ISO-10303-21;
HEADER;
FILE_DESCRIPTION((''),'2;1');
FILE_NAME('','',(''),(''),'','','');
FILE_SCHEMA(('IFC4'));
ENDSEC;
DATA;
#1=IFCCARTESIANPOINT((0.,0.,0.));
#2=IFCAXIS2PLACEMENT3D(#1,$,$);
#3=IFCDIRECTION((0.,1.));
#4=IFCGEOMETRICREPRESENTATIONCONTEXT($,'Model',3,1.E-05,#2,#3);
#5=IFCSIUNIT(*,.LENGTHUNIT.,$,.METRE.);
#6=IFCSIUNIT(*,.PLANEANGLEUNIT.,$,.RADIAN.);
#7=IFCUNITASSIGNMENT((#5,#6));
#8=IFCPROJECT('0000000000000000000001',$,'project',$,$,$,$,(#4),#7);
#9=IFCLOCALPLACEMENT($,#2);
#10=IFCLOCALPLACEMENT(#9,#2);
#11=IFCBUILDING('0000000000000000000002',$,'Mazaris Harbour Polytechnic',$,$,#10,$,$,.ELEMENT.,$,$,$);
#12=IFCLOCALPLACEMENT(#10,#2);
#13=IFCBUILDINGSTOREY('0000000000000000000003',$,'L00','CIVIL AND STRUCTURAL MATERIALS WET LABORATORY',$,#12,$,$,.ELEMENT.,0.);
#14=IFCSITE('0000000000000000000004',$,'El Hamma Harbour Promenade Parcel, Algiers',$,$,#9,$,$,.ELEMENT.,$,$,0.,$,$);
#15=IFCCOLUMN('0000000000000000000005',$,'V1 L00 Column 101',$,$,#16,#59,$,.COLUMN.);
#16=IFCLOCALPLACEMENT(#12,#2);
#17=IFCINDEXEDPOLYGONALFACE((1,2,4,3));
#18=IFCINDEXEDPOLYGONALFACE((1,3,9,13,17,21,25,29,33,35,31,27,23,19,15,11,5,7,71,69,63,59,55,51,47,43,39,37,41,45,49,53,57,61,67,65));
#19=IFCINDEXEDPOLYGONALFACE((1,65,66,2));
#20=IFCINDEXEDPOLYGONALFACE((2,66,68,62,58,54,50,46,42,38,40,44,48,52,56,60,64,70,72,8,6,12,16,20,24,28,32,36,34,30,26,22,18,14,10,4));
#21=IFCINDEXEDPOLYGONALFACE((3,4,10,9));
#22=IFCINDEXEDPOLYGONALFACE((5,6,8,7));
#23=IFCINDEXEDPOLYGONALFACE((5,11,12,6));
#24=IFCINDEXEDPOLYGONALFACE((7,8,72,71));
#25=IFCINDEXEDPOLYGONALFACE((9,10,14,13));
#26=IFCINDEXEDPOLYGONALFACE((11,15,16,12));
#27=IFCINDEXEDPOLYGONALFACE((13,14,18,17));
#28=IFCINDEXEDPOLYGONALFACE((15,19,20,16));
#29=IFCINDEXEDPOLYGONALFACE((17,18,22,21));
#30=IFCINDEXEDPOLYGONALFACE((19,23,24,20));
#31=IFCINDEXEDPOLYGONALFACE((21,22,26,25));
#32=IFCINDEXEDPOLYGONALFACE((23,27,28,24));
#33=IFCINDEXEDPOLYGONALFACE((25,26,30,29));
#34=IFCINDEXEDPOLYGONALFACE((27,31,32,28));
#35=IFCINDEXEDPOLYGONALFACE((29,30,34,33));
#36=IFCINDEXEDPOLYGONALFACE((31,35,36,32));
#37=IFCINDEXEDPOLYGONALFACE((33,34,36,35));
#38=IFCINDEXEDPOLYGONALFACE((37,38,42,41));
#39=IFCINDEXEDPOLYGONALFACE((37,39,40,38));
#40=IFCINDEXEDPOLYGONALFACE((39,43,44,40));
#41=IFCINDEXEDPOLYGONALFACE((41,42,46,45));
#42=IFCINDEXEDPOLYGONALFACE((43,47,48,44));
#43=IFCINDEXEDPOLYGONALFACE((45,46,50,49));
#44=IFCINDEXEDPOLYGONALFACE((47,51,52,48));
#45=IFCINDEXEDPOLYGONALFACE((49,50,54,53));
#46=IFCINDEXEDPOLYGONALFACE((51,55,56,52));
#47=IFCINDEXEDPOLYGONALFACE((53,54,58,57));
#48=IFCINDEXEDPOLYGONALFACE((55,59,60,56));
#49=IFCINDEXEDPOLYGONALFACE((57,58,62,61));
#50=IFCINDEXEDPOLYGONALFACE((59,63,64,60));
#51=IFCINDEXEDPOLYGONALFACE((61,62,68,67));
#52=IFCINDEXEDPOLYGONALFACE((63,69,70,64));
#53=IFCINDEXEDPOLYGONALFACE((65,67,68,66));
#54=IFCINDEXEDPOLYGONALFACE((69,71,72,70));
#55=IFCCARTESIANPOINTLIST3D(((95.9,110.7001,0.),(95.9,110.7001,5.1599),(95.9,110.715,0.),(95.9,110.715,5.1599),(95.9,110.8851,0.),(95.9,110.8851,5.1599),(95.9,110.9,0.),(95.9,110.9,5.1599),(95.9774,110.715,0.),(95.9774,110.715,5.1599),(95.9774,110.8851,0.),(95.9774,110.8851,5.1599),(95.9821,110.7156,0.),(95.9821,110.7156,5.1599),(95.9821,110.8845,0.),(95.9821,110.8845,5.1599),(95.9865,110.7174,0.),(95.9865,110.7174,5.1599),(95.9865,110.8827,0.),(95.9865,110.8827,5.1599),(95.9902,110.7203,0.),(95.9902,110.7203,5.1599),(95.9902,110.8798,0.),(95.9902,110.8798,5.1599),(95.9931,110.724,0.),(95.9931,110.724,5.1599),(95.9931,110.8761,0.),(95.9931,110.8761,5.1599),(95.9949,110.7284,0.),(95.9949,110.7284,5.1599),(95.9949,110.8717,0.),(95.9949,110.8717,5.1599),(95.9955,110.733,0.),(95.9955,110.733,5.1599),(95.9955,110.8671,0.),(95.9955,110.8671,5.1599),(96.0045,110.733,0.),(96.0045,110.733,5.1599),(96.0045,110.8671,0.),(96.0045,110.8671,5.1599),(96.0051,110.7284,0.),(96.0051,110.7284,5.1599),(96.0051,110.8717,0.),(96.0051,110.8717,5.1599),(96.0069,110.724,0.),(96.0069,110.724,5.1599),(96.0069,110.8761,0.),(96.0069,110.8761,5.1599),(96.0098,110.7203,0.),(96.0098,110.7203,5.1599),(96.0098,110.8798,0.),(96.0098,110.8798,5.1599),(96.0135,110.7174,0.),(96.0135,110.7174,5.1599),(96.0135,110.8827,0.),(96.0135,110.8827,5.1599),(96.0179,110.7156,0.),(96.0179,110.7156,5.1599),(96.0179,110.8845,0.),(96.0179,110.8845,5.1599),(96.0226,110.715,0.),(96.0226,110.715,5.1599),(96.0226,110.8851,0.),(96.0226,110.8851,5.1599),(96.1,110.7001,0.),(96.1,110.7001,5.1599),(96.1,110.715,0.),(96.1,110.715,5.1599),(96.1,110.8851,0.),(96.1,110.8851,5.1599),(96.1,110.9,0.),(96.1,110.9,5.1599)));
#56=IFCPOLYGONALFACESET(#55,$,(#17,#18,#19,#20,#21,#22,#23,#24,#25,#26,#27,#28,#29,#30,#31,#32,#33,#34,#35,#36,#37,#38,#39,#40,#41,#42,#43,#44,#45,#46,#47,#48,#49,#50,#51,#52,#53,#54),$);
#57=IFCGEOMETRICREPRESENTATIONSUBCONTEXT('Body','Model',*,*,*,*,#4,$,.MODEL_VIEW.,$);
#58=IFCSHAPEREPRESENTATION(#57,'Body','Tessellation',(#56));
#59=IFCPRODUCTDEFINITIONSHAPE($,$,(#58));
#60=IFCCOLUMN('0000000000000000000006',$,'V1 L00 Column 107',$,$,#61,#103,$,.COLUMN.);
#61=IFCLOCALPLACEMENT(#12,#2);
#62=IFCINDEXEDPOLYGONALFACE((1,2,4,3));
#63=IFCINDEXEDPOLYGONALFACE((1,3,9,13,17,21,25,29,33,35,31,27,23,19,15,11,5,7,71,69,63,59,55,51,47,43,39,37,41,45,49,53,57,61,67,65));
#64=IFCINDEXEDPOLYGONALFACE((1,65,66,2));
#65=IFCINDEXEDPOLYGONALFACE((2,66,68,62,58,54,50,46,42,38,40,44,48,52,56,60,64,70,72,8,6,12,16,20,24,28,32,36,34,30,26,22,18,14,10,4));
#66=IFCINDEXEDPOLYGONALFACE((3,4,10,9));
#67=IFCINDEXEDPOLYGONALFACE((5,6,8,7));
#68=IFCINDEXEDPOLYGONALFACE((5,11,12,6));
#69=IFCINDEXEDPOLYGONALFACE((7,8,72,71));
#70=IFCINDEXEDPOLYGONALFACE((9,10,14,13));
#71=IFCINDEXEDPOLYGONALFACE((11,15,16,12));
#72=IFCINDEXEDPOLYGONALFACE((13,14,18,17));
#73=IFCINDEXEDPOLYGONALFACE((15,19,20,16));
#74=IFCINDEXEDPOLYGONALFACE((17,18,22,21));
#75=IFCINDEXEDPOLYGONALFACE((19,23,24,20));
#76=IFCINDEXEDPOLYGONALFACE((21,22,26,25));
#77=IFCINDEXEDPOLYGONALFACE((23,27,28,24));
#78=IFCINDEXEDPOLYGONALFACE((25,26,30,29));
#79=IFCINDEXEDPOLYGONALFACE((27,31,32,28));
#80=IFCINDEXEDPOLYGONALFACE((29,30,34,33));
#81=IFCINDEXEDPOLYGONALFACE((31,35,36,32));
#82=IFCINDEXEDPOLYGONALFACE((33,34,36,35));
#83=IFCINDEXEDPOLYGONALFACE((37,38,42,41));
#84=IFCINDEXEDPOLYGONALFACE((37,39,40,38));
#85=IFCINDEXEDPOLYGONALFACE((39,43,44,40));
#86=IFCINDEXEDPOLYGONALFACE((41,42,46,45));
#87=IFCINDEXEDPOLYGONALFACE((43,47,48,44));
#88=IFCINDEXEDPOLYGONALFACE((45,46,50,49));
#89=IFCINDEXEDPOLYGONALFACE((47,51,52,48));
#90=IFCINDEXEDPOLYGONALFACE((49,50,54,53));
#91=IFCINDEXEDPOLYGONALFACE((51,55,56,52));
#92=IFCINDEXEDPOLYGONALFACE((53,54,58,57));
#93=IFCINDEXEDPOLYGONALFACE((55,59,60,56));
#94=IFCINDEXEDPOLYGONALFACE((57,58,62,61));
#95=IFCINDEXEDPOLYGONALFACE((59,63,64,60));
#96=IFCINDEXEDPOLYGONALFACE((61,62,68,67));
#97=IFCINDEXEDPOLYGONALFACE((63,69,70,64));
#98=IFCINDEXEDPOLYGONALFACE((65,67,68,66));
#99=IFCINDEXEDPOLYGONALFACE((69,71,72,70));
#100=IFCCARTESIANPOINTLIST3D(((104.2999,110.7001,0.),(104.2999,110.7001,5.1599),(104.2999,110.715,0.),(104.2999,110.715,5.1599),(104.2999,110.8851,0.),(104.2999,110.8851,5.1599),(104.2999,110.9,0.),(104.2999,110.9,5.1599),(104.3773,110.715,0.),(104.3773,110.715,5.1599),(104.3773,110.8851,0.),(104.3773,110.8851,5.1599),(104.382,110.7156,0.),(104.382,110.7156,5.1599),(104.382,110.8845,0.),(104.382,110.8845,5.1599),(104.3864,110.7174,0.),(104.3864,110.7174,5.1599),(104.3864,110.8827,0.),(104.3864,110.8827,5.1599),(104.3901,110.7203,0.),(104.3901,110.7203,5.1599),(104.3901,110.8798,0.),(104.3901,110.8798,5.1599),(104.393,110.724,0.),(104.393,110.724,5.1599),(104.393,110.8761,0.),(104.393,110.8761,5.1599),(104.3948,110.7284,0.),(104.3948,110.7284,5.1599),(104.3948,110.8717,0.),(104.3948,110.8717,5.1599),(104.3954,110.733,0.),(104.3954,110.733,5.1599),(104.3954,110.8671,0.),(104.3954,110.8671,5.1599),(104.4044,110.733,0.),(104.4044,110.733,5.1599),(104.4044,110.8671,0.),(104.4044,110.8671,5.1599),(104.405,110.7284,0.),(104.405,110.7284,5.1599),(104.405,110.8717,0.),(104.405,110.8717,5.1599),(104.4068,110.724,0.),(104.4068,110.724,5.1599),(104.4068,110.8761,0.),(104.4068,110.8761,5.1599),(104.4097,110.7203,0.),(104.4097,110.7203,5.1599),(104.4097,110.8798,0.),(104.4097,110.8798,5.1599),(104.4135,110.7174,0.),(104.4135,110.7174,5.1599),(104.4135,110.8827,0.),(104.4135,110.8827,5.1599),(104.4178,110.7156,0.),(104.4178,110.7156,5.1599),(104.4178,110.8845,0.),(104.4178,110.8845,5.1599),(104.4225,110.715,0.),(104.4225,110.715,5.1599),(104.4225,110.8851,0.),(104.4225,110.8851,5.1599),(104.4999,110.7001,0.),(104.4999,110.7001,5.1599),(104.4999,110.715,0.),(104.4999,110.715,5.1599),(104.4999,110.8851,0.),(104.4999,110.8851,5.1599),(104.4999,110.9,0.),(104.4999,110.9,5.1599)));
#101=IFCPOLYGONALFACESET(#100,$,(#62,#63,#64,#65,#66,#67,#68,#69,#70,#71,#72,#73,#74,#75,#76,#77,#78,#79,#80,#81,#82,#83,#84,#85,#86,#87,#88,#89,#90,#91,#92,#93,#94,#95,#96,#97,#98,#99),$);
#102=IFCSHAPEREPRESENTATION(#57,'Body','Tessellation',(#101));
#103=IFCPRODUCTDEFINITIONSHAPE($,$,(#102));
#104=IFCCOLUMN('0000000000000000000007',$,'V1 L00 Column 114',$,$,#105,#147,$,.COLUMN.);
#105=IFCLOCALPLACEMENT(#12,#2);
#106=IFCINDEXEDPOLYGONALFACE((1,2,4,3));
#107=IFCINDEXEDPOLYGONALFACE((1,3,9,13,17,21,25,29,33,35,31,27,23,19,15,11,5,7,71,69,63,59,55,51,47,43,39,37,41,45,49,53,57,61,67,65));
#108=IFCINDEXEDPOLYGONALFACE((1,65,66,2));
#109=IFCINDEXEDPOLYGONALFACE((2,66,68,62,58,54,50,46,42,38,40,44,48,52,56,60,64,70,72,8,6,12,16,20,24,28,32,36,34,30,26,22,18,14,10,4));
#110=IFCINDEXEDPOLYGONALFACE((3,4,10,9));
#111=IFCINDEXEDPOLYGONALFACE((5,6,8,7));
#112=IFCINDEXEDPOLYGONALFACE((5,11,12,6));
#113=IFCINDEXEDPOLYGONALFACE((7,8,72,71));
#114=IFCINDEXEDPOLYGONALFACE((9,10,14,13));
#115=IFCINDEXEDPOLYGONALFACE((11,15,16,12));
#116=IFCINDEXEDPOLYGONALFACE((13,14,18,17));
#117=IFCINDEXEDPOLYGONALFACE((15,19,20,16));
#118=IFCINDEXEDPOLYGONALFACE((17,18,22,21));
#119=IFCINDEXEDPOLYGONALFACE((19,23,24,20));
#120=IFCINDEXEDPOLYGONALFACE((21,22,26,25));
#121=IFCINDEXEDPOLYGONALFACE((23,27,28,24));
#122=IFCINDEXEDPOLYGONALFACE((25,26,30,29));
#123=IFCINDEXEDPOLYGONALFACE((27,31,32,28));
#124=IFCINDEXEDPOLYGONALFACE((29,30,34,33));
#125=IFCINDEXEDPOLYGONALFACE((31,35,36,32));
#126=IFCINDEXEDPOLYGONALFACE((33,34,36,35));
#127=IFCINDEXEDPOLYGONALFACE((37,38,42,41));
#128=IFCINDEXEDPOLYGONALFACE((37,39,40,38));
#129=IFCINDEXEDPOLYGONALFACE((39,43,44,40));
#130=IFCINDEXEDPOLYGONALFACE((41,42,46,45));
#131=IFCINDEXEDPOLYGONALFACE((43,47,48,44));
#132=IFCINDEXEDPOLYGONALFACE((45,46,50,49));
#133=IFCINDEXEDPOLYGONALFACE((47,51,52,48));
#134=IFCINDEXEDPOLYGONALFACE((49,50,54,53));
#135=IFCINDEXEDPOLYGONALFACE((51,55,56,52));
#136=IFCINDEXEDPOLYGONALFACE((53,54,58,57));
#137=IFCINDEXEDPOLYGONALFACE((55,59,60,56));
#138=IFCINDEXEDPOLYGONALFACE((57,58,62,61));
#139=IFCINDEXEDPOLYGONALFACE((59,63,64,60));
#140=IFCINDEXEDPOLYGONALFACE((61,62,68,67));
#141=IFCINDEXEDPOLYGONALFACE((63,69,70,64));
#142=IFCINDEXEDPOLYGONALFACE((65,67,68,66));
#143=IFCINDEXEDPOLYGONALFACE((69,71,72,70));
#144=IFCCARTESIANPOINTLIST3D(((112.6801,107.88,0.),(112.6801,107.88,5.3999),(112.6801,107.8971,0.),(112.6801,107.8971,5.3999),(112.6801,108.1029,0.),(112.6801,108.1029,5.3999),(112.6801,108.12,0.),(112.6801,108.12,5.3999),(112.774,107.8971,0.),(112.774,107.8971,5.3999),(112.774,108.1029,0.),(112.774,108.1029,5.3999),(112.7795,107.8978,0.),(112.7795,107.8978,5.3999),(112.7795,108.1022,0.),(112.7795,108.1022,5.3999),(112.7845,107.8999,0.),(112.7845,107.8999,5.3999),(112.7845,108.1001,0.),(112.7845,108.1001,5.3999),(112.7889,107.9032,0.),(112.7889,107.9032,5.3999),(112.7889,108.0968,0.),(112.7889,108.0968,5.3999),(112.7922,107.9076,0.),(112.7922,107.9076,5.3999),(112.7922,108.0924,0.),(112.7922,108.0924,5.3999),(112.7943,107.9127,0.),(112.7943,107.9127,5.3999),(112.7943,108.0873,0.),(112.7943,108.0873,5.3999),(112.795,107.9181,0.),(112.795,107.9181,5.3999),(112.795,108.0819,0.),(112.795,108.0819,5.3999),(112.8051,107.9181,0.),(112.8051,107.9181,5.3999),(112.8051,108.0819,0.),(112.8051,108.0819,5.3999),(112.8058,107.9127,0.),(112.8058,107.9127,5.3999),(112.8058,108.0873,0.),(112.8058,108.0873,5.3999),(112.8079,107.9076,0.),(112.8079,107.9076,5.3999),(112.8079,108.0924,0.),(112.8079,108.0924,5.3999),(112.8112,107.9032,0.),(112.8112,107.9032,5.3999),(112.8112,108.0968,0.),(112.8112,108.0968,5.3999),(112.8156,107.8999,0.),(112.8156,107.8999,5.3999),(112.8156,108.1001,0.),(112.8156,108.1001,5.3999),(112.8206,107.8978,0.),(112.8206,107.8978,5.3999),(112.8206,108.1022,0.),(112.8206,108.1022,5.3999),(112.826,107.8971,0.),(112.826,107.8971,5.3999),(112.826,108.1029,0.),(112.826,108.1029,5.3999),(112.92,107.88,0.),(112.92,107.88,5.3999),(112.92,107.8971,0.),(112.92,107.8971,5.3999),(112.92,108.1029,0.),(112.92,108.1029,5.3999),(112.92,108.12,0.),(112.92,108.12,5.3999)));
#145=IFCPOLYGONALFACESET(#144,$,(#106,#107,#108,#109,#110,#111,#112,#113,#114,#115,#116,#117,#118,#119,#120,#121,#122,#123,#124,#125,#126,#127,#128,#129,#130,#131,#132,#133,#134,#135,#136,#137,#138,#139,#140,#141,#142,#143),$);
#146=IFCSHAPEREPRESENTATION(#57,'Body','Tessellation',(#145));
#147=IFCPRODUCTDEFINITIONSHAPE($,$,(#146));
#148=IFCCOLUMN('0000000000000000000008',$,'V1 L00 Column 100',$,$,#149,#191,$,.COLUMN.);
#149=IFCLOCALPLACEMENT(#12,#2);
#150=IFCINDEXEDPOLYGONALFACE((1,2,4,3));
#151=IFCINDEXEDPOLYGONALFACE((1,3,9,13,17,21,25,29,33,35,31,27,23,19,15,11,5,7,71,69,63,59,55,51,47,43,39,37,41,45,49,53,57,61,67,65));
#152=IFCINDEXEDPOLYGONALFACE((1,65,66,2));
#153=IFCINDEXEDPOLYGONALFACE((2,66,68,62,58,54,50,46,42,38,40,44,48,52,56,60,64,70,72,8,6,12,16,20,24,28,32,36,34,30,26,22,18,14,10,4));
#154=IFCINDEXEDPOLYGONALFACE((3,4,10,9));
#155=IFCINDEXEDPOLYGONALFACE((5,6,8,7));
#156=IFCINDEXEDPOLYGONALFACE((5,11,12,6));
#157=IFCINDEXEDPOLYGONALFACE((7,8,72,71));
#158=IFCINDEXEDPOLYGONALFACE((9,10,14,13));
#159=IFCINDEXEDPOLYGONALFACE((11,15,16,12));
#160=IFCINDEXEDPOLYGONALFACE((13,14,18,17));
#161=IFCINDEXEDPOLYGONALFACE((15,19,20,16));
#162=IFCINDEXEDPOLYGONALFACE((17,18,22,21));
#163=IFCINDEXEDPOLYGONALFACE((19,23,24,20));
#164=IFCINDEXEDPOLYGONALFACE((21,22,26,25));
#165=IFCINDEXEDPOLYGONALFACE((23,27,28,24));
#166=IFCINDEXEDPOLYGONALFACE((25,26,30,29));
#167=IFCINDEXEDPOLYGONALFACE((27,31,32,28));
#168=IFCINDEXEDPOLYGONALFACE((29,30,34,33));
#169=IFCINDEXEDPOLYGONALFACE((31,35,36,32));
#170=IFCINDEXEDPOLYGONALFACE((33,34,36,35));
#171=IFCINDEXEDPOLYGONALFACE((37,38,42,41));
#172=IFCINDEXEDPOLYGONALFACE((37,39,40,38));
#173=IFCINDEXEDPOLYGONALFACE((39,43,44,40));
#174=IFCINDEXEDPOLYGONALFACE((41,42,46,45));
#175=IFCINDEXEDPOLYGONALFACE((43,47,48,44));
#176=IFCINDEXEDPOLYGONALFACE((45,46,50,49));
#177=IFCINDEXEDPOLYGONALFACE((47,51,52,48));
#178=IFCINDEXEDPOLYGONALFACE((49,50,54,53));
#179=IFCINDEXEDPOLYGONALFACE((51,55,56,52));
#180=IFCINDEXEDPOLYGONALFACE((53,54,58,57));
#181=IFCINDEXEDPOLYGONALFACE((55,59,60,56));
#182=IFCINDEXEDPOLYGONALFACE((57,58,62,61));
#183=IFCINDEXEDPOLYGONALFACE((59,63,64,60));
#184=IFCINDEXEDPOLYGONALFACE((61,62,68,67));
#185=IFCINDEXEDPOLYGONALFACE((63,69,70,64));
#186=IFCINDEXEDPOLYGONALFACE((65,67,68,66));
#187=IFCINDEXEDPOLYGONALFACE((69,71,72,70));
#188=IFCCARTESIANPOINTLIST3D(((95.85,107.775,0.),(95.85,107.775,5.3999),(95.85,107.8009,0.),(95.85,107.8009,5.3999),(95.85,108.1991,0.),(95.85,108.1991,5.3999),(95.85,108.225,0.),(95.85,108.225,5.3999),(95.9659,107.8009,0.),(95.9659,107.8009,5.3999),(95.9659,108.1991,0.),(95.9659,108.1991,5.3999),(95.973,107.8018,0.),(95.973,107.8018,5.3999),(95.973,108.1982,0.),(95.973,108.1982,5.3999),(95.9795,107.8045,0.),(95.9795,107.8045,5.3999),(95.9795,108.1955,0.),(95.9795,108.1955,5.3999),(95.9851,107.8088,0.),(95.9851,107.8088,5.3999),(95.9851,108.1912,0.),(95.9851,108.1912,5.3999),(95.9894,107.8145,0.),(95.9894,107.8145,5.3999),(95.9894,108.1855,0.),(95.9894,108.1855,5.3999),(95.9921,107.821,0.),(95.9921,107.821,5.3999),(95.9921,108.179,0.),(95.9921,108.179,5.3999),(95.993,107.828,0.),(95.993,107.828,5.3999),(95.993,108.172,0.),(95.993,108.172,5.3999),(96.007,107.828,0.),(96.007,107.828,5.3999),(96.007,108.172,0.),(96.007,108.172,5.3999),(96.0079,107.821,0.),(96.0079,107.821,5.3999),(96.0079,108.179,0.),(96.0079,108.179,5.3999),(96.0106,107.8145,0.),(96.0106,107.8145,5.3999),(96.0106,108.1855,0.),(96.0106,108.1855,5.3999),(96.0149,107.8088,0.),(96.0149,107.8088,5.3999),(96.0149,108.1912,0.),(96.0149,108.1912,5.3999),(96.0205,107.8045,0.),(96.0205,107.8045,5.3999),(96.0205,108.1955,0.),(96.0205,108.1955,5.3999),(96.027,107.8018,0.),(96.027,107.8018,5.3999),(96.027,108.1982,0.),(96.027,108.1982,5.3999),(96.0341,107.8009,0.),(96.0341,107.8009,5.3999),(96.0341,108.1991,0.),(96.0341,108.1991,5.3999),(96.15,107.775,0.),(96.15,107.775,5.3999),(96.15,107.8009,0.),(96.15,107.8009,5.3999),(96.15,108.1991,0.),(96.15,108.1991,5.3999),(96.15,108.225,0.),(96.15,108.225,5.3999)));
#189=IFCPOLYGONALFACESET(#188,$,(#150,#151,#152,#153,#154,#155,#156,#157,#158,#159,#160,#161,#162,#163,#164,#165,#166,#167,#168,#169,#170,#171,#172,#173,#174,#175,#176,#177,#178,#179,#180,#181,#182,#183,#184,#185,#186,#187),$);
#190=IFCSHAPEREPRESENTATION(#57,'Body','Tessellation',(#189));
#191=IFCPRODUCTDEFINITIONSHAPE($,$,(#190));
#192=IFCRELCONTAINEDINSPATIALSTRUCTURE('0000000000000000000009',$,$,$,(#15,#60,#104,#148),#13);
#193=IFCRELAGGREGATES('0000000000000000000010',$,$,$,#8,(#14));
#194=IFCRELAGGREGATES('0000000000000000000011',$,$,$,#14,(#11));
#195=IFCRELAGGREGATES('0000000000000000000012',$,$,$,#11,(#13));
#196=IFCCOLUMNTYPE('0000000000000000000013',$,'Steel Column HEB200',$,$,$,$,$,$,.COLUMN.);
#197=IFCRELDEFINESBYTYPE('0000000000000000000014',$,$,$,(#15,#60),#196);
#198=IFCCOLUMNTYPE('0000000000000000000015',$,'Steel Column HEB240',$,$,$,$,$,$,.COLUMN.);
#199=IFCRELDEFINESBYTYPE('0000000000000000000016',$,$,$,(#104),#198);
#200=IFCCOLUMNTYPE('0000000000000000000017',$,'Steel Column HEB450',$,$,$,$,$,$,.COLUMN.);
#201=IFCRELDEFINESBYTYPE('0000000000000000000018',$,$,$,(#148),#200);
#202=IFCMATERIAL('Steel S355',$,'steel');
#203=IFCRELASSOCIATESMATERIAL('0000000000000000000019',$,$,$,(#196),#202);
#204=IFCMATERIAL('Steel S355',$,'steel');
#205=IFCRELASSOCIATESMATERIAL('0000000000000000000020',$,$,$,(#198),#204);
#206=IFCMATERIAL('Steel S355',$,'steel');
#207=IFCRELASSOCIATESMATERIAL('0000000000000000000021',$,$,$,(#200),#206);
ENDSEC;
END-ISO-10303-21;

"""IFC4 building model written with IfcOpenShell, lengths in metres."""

from ifc_helpers import new_model, si_unit, direction, frame, origin, origin_2d, place, context, subcontext, project, spatial, i_section, extrude, material, material_profile, profile_set, type_object, element, save


model = new_model("IFC4")

# Units and contexts
model_context = context("Model", 3, precision=1e-05, world=origin(), true_north=direction((0.0, 1.0)))
body_context = subcontext(model_context, "Body", "Model", "MODEL_VIEW")
ifc_project = project(units=[si_unit("LENGTHUNIT", "METRE"), si_unit("PLANEANGLEUNIT", "RADIAN")], contexts=[model_context])

# Site, building, storey
site_placement = place(None, origin())
site = spatial("IfcSite", under=ifc_project, at=site_placement, Name="El Hamma Harbour Promenade Parcel, Algiers", CompositionType="ELEMENT", RefElevation=0.0)
building_placement = place(site_placement, origin())
building = spatial("IfcBuilding", under=site, at=building_placement, Name="Mazaris Harbour Polytechnic", CompositionType="ELEMENT")
storey_placement = place(building_placement, origin())
storey = spatial("IfcBuildingStorey", under=building, at=storey_placement, Name="L00", Description="CIVIL AND STRUCTURAL MATERIALS WET LABORATORY", CompositionType="ELEMENT", Elevation=0.0)

# Columns
ifc_material_1 = material(Name="Steel S355", Category="steel")
ifc_material_profile_1 = material_profile(ifc_material_1, i_section(OverallWidth=0.2, OverallDepth=0.2, WebThickness=0.009, FlangeThickness=0.0149, FilletRadius=0.0181, at=origin_2d()), Name="HEB 200")
ifc_profile_set_1 = profile_set([ifc_material_profile_1], Name="Steel S355")
column_type_1 = type_object("IfcColumnType", Name="Steel Column HEB200", PredefinedType="COLUMN", material=ifc_profile_set_1)
for number, where, z_axis, x_axis, name in (
    (1, (96.0, 110.8, 0.0), (0.0, 0.0, 1.0), (1.0, 0.0, 0.0), "V1 L00 Column 101"),
    (2, (104.3999, 110.8, 0.0), (0.0, 0.0, 1.0), (1.0, 0.0, 0.0), "V1 L00 Column 107"),
):
    element("IfcColumn", number, at=place(storey_placement, frame(where, z_axis=z_axis, x_axis=x_axis)), inside=storey, type_object=column_type_1, Name=name, PredefinedType="COLUMN", context=body_context, shape_type="SweptSolid", body=[
        extrude(i_section(OverallWidth=0.2, OverallDepth=0.2, WebThickness=0.009, FlangeThickness=0.0149, FilletRadius=0.0181, at=origin_2d()), origin(), (0.0, 0.0, 1.0), 5.1599),
    ])
ifc_material_2 = material(Name="Steel S355", Category="steel")
ifc_material_profile_2 = material_profile(ifc_material_2, i_section(OverallWidth=0.24, OverallDepth=0.24, WebThickness=0.01, FlangeThickness=0.0171, FilletRadius=0.021, at=origin_2d()), Name="HEB 240")
ifc_profile_set_2 = profile_set([ifc_material_profile_2], Name="Steel S355")
column_type_2 = type_object("IfcColumnType", Name="Steel Column HEB240", PredefinedType="COLUMN", material=ifc_profile_set_2)
column_placement = place(storey_placement, frame((112.8, 108.0, 0.0), z_axis=(0.0, 0.0, 1.0), x_axis=(1.0, 0.0, 0.0)))
element("IfcColumn", 3, at=column_placement, inside=storey, type_object=column_type_2, Name="V1 L00 Column 114", PredefinedType="COLUMN", context=body_context, shape_type="SweptSolid", body=[
    extrude(i_section(OverallWidth=0.24, OverallDepth=0.24, WebThickness=0.01, FlangeThickness=0.0171, FilletRadius=0.021, at=origin_2d()), origin(), (0.0, 0.0, 1.0), 5.3999),
])
ifc_material_3 = material(Name="Steel S355", Category="steel")
ifc_material_profile_3 = material_profile(ifc_material_3, i_section(OverallWidth=0.3, OverallDepth=0.45, WebThickness=0.0139, FlangeThickness=0.0259, FilletRadius=0.0271, at=origin_2d()), Name="HEB 450")
ifc_profile_set_3 = profile_set([ifc_material_profile_3], Name="Steel S355")
column_type_3 = type_object("IfcColumnType", Name="Steel Column HEB450", PredefinedType="COLUMN", material=ifc_profile_set_3)
for number, where, z_axis, x_axis, name in (
    (4, (96.0, 108.0, 0.0), (0.0, 0.0, 1.0), (1.0, 0.0, 0.0), "V1 L00 Column 100"),
):
    element("IfcColumn", number, at=place(storey_placement, frame(where, z_axis=z_axis, x_axis=x_axis)), inside=storey, type_object=column_type_3, Name=name, PredefinedType="COLUMN", context=body_context, shape_type="SweptSolid", body=[
        extrude(i_section(OverallWidth=0.3, OverallDepth=0.45, WebThickness=0.0139, FlangeThickness=0.0259, FilletRadius=0.0271, at=origin_2d()), origin(), (0.0, 0.0, 1.0), 5.3999),
    ])

save(model, "model.ifc")
